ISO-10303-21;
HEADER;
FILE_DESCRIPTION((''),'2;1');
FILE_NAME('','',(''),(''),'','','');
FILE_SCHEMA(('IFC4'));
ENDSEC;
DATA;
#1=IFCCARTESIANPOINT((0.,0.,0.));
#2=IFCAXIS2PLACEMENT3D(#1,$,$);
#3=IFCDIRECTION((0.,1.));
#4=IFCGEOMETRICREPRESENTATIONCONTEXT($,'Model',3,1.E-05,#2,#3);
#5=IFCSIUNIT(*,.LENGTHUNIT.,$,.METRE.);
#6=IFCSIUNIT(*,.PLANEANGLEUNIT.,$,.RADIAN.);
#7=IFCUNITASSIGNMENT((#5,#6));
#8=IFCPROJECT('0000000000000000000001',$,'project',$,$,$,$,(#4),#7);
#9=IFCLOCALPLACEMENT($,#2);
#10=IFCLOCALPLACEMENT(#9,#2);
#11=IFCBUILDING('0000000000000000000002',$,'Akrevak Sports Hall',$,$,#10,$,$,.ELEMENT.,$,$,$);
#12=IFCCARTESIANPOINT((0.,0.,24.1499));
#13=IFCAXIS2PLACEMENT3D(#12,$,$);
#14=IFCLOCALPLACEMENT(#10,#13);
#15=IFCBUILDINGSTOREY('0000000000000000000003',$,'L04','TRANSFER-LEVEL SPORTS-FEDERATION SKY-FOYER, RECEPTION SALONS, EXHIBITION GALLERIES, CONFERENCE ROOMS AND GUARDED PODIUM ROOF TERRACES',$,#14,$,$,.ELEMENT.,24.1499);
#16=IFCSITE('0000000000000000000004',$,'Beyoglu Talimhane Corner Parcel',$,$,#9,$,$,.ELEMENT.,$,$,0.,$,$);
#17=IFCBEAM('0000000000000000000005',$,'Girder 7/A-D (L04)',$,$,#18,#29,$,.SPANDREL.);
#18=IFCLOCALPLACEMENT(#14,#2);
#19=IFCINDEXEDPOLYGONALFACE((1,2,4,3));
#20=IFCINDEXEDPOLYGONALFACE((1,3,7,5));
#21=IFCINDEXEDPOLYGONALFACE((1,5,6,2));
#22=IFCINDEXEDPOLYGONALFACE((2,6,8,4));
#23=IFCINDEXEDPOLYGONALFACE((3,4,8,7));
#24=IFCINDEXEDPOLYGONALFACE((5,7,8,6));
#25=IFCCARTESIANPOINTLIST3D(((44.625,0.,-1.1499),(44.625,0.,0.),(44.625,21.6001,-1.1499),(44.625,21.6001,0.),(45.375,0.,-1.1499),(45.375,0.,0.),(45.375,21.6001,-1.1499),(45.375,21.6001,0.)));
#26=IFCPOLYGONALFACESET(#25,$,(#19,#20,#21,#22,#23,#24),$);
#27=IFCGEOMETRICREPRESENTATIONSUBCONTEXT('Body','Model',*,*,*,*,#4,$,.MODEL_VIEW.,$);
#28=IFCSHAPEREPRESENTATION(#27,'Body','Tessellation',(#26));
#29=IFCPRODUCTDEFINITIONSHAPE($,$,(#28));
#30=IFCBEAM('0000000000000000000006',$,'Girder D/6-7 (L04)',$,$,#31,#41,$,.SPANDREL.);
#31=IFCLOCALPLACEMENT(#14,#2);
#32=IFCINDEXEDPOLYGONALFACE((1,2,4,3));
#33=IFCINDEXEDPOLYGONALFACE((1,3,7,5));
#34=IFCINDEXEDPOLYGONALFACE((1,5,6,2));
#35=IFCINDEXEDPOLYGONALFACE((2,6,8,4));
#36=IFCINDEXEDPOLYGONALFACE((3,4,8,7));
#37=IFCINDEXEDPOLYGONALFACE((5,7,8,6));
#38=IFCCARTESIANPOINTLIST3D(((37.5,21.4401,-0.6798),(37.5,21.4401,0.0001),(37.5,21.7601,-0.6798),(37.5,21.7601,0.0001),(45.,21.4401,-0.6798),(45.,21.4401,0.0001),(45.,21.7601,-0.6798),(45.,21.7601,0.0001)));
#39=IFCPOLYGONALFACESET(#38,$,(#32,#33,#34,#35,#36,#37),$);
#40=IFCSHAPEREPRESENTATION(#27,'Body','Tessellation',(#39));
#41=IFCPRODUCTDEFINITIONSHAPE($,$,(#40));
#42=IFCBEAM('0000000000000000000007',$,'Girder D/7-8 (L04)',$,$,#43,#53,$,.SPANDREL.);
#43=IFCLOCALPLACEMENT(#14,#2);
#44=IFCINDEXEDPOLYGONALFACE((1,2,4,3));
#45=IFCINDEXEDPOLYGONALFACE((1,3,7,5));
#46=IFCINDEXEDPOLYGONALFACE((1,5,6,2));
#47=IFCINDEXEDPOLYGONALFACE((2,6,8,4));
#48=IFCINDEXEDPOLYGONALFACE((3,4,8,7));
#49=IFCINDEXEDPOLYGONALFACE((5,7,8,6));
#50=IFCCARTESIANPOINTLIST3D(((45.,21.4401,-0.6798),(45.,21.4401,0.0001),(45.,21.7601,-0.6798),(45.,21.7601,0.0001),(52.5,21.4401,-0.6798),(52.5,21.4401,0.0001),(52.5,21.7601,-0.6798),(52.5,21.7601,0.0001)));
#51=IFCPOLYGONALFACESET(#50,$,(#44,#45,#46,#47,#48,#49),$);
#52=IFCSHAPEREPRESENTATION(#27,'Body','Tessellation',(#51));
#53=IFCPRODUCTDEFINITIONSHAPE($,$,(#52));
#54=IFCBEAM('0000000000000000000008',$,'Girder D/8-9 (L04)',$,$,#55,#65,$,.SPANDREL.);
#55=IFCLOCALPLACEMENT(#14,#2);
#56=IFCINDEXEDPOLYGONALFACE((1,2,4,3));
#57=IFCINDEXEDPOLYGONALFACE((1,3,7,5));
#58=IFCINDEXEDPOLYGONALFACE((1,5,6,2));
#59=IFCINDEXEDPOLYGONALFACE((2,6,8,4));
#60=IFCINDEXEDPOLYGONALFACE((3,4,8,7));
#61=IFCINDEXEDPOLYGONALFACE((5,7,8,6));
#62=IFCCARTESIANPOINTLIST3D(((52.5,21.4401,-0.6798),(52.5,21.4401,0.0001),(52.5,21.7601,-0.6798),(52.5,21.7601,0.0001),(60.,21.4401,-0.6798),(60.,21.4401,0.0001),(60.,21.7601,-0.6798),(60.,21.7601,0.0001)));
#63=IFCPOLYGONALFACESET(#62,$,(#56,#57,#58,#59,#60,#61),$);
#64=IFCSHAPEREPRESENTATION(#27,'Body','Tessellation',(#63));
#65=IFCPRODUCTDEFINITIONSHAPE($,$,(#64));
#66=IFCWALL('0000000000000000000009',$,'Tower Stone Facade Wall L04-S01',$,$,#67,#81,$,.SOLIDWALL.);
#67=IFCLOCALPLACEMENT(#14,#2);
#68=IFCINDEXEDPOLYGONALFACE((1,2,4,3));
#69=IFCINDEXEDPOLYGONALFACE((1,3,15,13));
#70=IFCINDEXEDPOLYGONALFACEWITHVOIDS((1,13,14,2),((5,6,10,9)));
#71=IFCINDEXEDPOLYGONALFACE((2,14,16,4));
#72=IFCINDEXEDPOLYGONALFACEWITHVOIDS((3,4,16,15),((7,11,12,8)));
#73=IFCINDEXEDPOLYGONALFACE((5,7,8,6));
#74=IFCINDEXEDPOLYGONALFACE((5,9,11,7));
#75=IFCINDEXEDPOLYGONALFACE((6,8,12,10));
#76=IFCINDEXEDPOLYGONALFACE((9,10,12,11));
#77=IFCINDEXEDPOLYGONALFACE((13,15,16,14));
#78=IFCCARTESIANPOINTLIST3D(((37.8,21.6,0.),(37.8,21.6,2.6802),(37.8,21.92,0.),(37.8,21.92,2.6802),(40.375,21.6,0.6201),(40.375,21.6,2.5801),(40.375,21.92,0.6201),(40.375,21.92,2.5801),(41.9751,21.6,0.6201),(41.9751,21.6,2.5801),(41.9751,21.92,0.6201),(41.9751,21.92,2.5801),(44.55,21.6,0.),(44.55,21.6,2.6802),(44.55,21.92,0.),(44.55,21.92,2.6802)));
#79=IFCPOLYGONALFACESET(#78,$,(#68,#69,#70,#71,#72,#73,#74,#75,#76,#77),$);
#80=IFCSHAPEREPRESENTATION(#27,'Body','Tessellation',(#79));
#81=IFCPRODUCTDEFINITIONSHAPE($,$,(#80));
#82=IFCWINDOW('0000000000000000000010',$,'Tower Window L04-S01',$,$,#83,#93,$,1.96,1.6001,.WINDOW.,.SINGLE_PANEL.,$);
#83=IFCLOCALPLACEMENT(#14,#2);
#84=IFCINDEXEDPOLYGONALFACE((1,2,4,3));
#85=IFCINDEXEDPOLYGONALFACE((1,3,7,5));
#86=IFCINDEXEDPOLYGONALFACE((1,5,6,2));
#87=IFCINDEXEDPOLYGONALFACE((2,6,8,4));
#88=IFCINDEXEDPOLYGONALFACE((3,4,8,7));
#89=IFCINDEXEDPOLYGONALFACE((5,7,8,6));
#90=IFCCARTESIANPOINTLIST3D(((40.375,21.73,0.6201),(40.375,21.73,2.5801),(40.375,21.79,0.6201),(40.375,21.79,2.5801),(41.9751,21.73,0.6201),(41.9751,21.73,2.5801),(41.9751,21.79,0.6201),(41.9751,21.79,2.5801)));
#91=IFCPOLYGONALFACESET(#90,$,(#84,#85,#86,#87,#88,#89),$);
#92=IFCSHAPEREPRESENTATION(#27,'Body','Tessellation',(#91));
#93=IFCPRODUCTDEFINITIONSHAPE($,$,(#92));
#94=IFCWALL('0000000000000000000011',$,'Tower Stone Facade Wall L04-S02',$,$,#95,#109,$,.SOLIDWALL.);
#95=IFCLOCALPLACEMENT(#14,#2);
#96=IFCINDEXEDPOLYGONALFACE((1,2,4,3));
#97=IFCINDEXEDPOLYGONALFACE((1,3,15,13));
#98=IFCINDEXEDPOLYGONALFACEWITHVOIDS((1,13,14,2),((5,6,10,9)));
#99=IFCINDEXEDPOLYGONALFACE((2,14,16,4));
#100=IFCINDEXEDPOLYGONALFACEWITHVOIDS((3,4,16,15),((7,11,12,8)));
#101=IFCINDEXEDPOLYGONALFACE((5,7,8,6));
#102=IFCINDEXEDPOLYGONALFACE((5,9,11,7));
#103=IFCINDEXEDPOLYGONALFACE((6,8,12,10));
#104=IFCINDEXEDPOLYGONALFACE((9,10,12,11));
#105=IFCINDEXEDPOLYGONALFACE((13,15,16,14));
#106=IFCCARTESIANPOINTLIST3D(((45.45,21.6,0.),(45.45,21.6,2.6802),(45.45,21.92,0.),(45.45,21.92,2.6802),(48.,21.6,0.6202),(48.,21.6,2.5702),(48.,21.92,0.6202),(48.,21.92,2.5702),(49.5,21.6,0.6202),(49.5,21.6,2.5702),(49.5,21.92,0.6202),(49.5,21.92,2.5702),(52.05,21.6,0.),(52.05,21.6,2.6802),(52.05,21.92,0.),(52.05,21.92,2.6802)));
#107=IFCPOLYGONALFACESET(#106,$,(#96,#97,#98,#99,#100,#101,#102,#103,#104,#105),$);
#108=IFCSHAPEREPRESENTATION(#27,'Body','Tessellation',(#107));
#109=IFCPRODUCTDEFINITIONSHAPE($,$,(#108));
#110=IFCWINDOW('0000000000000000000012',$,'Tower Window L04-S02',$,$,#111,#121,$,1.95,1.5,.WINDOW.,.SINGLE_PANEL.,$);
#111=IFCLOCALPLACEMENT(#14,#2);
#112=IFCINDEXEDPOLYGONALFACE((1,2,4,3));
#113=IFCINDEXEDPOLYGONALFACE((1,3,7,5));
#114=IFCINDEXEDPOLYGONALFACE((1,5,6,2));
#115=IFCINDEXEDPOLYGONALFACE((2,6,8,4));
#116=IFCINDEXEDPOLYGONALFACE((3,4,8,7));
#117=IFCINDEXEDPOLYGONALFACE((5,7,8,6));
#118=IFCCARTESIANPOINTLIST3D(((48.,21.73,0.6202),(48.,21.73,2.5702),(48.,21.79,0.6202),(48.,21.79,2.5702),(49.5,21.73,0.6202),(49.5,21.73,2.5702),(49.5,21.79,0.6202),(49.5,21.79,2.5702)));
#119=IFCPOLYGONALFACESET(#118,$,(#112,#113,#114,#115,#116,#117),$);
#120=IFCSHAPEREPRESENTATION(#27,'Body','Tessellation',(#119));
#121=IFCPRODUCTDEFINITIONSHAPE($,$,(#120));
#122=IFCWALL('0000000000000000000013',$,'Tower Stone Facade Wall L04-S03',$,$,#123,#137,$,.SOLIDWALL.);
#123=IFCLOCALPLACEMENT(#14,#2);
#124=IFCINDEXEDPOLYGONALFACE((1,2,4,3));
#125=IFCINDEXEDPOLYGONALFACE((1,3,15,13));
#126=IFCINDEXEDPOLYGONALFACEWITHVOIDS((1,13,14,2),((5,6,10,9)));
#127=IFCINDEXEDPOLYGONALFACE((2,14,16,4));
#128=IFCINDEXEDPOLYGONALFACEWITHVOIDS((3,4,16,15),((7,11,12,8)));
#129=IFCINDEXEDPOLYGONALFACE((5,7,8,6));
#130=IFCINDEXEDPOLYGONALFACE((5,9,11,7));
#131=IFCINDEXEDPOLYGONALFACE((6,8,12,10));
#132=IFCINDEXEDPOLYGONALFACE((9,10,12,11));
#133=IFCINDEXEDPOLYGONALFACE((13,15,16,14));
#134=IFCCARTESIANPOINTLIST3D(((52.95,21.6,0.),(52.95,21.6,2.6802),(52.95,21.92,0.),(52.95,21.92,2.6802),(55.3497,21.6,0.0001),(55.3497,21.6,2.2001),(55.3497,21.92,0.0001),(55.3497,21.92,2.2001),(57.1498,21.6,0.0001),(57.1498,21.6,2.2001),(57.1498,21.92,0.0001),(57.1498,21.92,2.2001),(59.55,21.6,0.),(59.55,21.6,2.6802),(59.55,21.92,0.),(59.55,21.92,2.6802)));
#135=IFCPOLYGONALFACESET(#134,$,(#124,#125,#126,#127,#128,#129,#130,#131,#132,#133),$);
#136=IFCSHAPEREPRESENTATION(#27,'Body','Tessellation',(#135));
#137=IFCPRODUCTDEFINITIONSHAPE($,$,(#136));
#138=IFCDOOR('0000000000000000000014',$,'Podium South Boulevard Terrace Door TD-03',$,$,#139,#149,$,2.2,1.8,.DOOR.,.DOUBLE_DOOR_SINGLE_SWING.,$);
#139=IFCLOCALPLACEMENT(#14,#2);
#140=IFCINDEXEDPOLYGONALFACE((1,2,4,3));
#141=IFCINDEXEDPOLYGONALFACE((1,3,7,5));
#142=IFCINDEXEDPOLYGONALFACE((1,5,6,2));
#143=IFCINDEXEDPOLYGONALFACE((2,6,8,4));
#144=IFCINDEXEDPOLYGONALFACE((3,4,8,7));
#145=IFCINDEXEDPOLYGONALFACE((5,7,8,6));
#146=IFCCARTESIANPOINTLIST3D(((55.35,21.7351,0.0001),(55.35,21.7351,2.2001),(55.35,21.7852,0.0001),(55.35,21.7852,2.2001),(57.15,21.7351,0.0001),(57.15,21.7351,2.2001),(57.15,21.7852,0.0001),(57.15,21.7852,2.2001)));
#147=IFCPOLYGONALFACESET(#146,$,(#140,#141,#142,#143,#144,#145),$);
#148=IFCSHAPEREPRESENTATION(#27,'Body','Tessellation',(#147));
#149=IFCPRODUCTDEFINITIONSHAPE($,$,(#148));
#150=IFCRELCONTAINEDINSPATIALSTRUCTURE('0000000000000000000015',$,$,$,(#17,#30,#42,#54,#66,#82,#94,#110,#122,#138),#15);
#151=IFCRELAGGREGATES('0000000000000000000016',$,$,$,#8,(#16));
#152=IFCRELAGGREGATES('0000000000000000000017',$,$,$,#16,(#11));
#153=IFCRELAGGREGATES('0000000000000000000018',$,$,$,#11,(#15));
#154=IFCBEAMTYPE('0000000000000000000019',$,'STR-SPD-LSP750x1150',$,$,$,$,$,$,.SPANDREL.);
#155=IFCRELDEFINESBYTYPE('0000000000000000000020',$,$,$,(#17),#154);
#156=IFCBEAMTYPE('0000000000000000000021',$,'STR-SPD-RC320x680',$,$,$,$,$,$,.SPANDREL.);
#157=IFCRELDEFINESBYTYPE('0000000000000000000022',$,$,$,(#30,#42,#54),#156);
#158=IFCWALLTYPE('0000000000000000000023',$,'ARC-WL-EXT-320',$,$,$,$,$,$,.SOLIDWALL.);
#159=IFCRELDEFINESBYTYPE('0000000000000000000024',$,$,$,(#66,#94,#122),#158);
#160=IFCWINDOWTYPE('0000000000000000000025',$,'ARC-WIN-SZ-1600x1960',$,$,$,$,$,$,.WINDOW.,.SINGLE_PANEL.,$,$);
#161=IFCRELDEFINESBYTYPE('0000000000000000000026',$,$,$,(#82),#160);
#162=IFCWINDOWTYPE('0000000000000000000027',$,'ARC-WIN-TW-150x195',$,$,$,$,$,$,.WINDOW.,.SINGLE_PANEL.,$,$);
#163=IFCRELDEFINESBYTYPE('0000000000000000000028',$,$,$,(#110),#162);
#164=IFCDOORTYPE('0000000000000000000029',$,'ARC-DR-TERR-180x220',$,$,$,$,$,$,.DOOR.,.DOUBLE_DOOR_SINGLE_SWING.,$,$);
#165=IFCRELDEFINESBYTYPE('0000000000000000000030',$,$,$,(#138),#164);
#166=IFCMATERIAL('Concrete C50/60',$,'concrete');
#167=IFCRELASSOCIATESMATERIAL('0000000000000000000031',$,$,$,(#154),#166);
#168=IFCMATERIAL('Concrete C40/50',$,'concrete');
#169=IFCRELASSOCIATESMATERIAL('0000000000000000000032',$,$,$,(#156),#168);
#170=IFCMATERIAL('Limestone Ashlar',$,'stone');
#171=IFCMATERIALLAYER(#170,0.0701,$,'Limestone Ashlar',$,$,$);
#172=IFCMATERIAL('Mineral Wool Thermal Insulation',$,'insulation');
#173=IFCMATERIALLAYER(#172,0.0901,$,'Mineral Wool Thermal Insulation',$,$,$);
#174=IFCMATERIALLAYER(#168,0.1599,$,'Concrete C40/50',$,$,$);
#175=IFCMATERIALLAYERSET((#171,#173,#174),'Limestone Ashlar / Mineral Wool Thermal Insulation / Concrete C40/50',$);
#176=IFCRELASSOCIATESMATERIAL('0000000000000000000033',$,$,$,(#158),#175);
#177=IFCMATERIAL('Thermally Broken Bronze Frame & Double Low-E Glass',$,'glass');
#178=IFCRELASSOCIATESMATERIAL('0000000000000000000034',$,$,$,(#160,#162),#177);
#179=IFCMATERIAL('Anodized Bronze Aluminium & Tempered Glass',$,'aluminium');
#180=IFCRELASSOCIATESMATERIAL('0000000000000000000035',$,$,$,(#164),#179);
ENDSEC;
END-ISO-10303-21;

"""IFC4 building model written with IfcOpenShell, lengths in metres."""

from ifc_helpers import new_model, si_unit, direction, frame, frame_2d, origin, origin_2d, place, context, subcontext, project, spatial, rectangle, extrude, material, layer, layer_set, material_profile, profile_set, type_object, element, fill, save


model = new_model("IFC4")

# Units and contexts
model_context = context("Model", 3, precision=1e-05, world=origin(), true_north=direction((0.0, 1.0)))
body_context = subcontext(model_context, "Body", "Model", "MODEL_VIEW")
ifc_project = project(units=[si_unit("LENGTHUNIT", "METRE"), si_unit("PLANEANGLEUNIT", "RADIAN")], contexts=[model_context])

# Site, building, storey
site_placement = place(None, origin())
site = spatial("IfcSite", under=ifc_project, at=site_placement, Name="Beyoglu Talimhane Corner Parcel", CompositionType="ELEMENT", RefElevation=0.0)
building_placement = place(site_placement, origin())
building = spatial("IfcBuilding", under=site, at=building_placement, Name="Akrevak Sports Hall", CompositionType="ELEMENT")
storey_placement = place(building_placement, frame((0.0, 0.0, 24.1499)))
storey = spatial("IfcBuildingStorey", under=building, at=storey_placement, Name="L04", Description="TRANSFER-LEVEL SPORTS-FEDERATION SKY-FOYER, RECEPTION SALONS, EXHIBITION GALLERIES, CONFERENCE ROOMS AND GUARDED PODIUM ROOF TERRACES", CompositionType="ELEMENT", Elevation=24.1499)

# Shared definitions
ifc_material_1 = material(Name="Concrete C50/60", Category="concrete")
ifc_material_2 = material(Name="Concrete C40/50", Category="concrete")

# Beams
ifc_material_profile_1 = material_profile(ifc_material_1, rectangle(XDim=0.75, YDim=1.1499, at=origin_2d()), Name="SPD 750x1150", Category="concrete")
ifc_profile_set_1 = profile_set([ifc_material_profile_1], Name="Concrete C50/60")
beam_type_1 = type_object("IfcBeamType", Name="STR-SPD-LSP750x1150", PredefinedType="SPANDREL", material=ifc_profile_set_1)
beam_1_placement = place(storey_placement, frame((45.0, 0.0, -0.575), z_axis=(0.0, 1.0, 0.0), x_axis=(-1.0, 0.0, 0.0)))
element("IfcBeam", 1, at=beam_1_placement, inside=storey, type_object=beam_type_1, Name="Girder 7/A-D (L04)", PredefinedType="SPANDREL", context=body_context, shape_type="SweptSolid", body=[
    extrude(rectangle(XDim=0.75, YDim=1.1499, at=origin_2d()), origin(), (0.0, 0.0, 1.0), 21.6001),
])
ifc_material_profile_2 = material_profile(ifc_material_2, rectangle(XDim=0.3201, YDim=0.6799, at=origin_2d()), Name="SPD 320x680", Category="concrete")
ifc_profile_set_2 = profile_set([ifc_material_profile_2], Name="Concrete C40/50")
beam_type_2 = type_object("IfcBeamType", Name="STR-SPD-RC320x680", PredefinedType="SPANDREL", material=ifc_profile_set_2)
for number, where, z_axis, x_axis, name in (
    (2, (37.5, 21.6001, -0.3398), (1.0, 0.0, 0.0), (0.0, 1.0, 0.0), "Girder D/6-7 (L04)"),
    (3, (45.0, 21.6001, -0.3398), (1.0, 0.0, 0.0), (0.0, 1.0, 0.0), "Girder D/7-8 (L04)"),
    (4, (52.5, 21.6001, -0.3398), (1.0, 0.0, 0.0), (0.0, 1.0, 0.0), "Girder D/8-9 (L04)"),
):
    element("IfcBeam", number, at=place(storey_placement, frame(where, z_axis=z_axis, x_axis=x_axis)), inside=storey, type_object=beam_type_2, Name=name, PredefinedType="SPANDREL", context=body_context, shape_type="SweptSolid", body=[
        extrude(rectangle(XDim=0.3201, YDim=0.6799, at=origin_2d()), origin(), (0.0, 0.0, 1.0), 7.5),
    ])

# Walls, openings, windows
ifc_material_3 = material(Name="Limestone Ashlar", Category="stone")
ifc_layer_1 = layer(ifc_material_3, 0.0701, Name="Limestone Ashlar")
ifc_material_4 = material(Name="Mineral Wool Thermal Insulation", Category="insulation")
ifc_layer_2 = layer(ifc_material_4, 0.0901, Name="Mineral Wool Thermal Insulation")
ifc_layer_3 = layer(ifc_material_2, 0.1599, Name="Concrete C40/50")
ifc_layer_set_1 = layer_set([ifc_layer_1, ifc_layer_2, ifc_layer_3], Name="Limestone Ashlar / Mineral Wool Thermal Insulation / Concrete C40/50")
wall_type = type_object("IfcWallType", Name="ARC-WL-EXT-320", PredefinedType="SOLIDWALL", material=ifc_layer_set_1)
wall_1_placement = place(storey_placement, frame((37.8, 21.76, 0.0), z_axis=(0.0, 0.0, 1.0), x_axis=(1.0, 0.0, 0.0)))
wall_1 = element("IfcWall", 5, at=wall_1_placement, inside=storey, type_object=wall_type, Name="Tower Stone Facade Wall L04-S01", PredefinedType="SOLIDWALL", context=body_context, shape_type="SweptSolid", body=[
    extrude(rectangle(XDim=6.75, YDim=0.3201, at=frame_2d((3.375, 0.0))), origin(), (0.0, 0.0, 1.0), 2.6802),
])
opening_1_placement = place(wall_1_placement, frame((2.575, 0.0, 0.6201)))
opening_1 = element("IfcOpeningElement", 6, at=opening_1_placement, cuts=wall_1, PredefinedType="OPENING", context=body_context, shape_type="SweptSolid", body=[
    extrude(rectangle(XDim=1.6001, YDim=1.96, at=frame_2d((0.8, 0.98))), frame((0.0, 0.1719, 0.0), z_axis=(0.0, -1.0, 0.0), x_axis=(1.0, 0.0, 0.0)), (0.0, 0.0, 1.0), 0.344),
])
ifc_material_5 = material(Name="Thermally Broken Bronze Frame & Double Low-E Glass", Category="glass")
window_type_1 = type_object("IfcWindowType", Name="ARC-WIN-SZ-1600x1960", PartitioningType="SINGLE_PANEL", PredefinedType="WINDOW", material=ifc_material_5)
window_1_placement = place(opening_1_placement, origin())
window_1 = element("IfcWindow", 7, at=window_1_placement, inside=storey, type_object=window_type_1, Name="Tower Window L04-S01", OverallHeight=1.96, OverallWidth=1.6001, PartitioningType="SINGLE_PANEL", PredefinedType="WINDOW", context=body_context, shape_type="SweptSolid", body=[
    extrude(rectangle(XDim=1.6001, YDim=1.96, at=frame_2d((0.8, 0.98))), frame((0.0, 0.03, 0.0), z_axis=(0.0, -1.0, 0.0), x_axis=(1.0, 0.0, 0.0)), (0.0, 0.0, 1.0), 0.0601),
])
fill(opening_1, window_1)
wall_2_placement = place(storey_placement, frame((45.45, 21.76, 0.0), z_axis=(0.0, 0.0, 1.0), x_axis=(1.0, 0.0, 0.0)))
wall_2 = element("IfcWall", 8, at=wall_2_placement, inside=storey, type_object=wall_type, Name="Tower Stone Facade Wall L04-S02", PredefinedType="SOLIDWALL", context=body_context, shape_type="SweptSolid", body=[
    extrude(rectangle(XDim=6.6001, YDim=0.3201, at=frame_2d((3.3, 0.0))), origin(), (0.0, 0.0, 1.0), 2.6802),
])
opening_2_placement = place(wall_2_placement, frame((2.55, 0.0, 0.6201)))
opening_2 = element("IfcOpeningElement", 9, at=opening_2_placement, cuts=wall_2, PredefinedType="OPENING", context=body_context, shape_type="SweptSolid", body=[
    extrude(rectangle(XDim=1.5, YDim=1.95, at=frame_2d((0.75, 0.9751))), frame((0.0, 0.1719, 0.0), z_axis=(0.0, -1.0, 0.0), x_axis=(1.0, 0.0, 0.0)), (0.0, 0.0, 1.0), 0.344),
])
window_type_2 = type_object("IfcWindowType", Name="ARC-WIN-TW-150x195", PartitioningType="SINGLE_PANEL", PredefinedType="WINDOW", material=ifc_material_5)
window_2_placement = place(opening_2_placement, origin())
window_2 = element("IfcWindow", 10, at=window_2_placement, inside=storey, type_object=window_type_2, Name="Tower Window L04-S02", OverallHeight=1.95, OverallWidth=1.5, PartitioningType="SINGLE_PANEL", PredefinedType="WINDOW", context=body_context, shape_type="SweptSolid", body=[
    extrude(rectangle(XDim=1.5, YDim=1.95, at=frame_2d((0.75, 0.9751))), frame((0.0, 0.03, 0.0), z_axis=(0.0, -1.0, 0.0), x_axis=(1.0, 0.0, 0.0)), (0.0, 0.0, 1.0), 0.0601),
])
fill(opening_2, window_2)

# Wall, opening, door
wall_3_placement = place(storey_placement, frame((52.95, 21.76, 0.0), z_axis=(0.0, 0.0, 1.0), x_axis=(1.0, 0.0, 0.0)))
wall_3 = element("IfcWall", 11, at=wall_3_placement, inside=storey, type_object=wall_type, Name="Tower Stone Facade Wall L04-S03", PredefinedType="SOLIDWALL", context=body_context, shape_type="SweptSolid", body=[
    extrude(rectangle(XDim=6.6001, YDim=0.3201, at=frame_2d((3.3, 0.0))), origin(), (0.0, 0.0, 1.0), 2.6802),
])
opening_3_placement = place(wall_3_placement, frame((2.3999, 0.0, 0.0)))
opening_3 = element("IfcOpeningElement", 12, at=opening_3_placement, cuts=wall_3, PredefinedType="OPENING", context=body_context, shape_type="SweptSolid", body=[
    extrude(rectangle(XDim=1.8, YDim=2.2, at=frame_2d((0.8999, 1.1001))), frame((0.0, 0.1719, 0.0), z_axis=(0.0, -1.0, 0.0), x_axis=(1.0, 0.0, 0.0)), (0.0, 0.0, 1.0), 0.344),
])
ifc_material_6 = material(Name="Anodized Bronze Aluminium & Tempered Glass", Category="aluminium")
door_type = type_object("IfcDoorType", Name="ARC-DR-TERR-180x220", OperationType="DOUBLE_DOOR_SINGLE_SWING", PredefinedType="DOOR", material=ifc_material_6)
door_placement = place(opening_3_placement, frame((1.8, 0.0, 0.0), z_axis=(0.0, 0.0, 1.0), x_axis=(-1.0, 0.0, 0.0)))
door = element("IfcDoor", 13, at=door_placement, inside=storey, type_object=door_type, Name="Podium South Boulevard Terrace Door TD-03", OperationType="DOUBLE_DOOR_SINGLE_SWING", OverallHeight=2.2, OverallWidth=1.8, PredefinedType="DOOR", context=body_context, shape_type="SweptSolid", body=[
    extrude(rectangle(XDim=1.8, YDim=2.2, at=frame_2d((0.8999, 1.1001))), frame((0.0, 0.0249, 0.0), z_axis=(0.0, -1.0, 0.0), x_axis=(1.0, 0.0, 0.0)), (0.0, 0.0, 1.0), 0.05),
])
fill(opening_3, door)

save(model, "model.ifc")
